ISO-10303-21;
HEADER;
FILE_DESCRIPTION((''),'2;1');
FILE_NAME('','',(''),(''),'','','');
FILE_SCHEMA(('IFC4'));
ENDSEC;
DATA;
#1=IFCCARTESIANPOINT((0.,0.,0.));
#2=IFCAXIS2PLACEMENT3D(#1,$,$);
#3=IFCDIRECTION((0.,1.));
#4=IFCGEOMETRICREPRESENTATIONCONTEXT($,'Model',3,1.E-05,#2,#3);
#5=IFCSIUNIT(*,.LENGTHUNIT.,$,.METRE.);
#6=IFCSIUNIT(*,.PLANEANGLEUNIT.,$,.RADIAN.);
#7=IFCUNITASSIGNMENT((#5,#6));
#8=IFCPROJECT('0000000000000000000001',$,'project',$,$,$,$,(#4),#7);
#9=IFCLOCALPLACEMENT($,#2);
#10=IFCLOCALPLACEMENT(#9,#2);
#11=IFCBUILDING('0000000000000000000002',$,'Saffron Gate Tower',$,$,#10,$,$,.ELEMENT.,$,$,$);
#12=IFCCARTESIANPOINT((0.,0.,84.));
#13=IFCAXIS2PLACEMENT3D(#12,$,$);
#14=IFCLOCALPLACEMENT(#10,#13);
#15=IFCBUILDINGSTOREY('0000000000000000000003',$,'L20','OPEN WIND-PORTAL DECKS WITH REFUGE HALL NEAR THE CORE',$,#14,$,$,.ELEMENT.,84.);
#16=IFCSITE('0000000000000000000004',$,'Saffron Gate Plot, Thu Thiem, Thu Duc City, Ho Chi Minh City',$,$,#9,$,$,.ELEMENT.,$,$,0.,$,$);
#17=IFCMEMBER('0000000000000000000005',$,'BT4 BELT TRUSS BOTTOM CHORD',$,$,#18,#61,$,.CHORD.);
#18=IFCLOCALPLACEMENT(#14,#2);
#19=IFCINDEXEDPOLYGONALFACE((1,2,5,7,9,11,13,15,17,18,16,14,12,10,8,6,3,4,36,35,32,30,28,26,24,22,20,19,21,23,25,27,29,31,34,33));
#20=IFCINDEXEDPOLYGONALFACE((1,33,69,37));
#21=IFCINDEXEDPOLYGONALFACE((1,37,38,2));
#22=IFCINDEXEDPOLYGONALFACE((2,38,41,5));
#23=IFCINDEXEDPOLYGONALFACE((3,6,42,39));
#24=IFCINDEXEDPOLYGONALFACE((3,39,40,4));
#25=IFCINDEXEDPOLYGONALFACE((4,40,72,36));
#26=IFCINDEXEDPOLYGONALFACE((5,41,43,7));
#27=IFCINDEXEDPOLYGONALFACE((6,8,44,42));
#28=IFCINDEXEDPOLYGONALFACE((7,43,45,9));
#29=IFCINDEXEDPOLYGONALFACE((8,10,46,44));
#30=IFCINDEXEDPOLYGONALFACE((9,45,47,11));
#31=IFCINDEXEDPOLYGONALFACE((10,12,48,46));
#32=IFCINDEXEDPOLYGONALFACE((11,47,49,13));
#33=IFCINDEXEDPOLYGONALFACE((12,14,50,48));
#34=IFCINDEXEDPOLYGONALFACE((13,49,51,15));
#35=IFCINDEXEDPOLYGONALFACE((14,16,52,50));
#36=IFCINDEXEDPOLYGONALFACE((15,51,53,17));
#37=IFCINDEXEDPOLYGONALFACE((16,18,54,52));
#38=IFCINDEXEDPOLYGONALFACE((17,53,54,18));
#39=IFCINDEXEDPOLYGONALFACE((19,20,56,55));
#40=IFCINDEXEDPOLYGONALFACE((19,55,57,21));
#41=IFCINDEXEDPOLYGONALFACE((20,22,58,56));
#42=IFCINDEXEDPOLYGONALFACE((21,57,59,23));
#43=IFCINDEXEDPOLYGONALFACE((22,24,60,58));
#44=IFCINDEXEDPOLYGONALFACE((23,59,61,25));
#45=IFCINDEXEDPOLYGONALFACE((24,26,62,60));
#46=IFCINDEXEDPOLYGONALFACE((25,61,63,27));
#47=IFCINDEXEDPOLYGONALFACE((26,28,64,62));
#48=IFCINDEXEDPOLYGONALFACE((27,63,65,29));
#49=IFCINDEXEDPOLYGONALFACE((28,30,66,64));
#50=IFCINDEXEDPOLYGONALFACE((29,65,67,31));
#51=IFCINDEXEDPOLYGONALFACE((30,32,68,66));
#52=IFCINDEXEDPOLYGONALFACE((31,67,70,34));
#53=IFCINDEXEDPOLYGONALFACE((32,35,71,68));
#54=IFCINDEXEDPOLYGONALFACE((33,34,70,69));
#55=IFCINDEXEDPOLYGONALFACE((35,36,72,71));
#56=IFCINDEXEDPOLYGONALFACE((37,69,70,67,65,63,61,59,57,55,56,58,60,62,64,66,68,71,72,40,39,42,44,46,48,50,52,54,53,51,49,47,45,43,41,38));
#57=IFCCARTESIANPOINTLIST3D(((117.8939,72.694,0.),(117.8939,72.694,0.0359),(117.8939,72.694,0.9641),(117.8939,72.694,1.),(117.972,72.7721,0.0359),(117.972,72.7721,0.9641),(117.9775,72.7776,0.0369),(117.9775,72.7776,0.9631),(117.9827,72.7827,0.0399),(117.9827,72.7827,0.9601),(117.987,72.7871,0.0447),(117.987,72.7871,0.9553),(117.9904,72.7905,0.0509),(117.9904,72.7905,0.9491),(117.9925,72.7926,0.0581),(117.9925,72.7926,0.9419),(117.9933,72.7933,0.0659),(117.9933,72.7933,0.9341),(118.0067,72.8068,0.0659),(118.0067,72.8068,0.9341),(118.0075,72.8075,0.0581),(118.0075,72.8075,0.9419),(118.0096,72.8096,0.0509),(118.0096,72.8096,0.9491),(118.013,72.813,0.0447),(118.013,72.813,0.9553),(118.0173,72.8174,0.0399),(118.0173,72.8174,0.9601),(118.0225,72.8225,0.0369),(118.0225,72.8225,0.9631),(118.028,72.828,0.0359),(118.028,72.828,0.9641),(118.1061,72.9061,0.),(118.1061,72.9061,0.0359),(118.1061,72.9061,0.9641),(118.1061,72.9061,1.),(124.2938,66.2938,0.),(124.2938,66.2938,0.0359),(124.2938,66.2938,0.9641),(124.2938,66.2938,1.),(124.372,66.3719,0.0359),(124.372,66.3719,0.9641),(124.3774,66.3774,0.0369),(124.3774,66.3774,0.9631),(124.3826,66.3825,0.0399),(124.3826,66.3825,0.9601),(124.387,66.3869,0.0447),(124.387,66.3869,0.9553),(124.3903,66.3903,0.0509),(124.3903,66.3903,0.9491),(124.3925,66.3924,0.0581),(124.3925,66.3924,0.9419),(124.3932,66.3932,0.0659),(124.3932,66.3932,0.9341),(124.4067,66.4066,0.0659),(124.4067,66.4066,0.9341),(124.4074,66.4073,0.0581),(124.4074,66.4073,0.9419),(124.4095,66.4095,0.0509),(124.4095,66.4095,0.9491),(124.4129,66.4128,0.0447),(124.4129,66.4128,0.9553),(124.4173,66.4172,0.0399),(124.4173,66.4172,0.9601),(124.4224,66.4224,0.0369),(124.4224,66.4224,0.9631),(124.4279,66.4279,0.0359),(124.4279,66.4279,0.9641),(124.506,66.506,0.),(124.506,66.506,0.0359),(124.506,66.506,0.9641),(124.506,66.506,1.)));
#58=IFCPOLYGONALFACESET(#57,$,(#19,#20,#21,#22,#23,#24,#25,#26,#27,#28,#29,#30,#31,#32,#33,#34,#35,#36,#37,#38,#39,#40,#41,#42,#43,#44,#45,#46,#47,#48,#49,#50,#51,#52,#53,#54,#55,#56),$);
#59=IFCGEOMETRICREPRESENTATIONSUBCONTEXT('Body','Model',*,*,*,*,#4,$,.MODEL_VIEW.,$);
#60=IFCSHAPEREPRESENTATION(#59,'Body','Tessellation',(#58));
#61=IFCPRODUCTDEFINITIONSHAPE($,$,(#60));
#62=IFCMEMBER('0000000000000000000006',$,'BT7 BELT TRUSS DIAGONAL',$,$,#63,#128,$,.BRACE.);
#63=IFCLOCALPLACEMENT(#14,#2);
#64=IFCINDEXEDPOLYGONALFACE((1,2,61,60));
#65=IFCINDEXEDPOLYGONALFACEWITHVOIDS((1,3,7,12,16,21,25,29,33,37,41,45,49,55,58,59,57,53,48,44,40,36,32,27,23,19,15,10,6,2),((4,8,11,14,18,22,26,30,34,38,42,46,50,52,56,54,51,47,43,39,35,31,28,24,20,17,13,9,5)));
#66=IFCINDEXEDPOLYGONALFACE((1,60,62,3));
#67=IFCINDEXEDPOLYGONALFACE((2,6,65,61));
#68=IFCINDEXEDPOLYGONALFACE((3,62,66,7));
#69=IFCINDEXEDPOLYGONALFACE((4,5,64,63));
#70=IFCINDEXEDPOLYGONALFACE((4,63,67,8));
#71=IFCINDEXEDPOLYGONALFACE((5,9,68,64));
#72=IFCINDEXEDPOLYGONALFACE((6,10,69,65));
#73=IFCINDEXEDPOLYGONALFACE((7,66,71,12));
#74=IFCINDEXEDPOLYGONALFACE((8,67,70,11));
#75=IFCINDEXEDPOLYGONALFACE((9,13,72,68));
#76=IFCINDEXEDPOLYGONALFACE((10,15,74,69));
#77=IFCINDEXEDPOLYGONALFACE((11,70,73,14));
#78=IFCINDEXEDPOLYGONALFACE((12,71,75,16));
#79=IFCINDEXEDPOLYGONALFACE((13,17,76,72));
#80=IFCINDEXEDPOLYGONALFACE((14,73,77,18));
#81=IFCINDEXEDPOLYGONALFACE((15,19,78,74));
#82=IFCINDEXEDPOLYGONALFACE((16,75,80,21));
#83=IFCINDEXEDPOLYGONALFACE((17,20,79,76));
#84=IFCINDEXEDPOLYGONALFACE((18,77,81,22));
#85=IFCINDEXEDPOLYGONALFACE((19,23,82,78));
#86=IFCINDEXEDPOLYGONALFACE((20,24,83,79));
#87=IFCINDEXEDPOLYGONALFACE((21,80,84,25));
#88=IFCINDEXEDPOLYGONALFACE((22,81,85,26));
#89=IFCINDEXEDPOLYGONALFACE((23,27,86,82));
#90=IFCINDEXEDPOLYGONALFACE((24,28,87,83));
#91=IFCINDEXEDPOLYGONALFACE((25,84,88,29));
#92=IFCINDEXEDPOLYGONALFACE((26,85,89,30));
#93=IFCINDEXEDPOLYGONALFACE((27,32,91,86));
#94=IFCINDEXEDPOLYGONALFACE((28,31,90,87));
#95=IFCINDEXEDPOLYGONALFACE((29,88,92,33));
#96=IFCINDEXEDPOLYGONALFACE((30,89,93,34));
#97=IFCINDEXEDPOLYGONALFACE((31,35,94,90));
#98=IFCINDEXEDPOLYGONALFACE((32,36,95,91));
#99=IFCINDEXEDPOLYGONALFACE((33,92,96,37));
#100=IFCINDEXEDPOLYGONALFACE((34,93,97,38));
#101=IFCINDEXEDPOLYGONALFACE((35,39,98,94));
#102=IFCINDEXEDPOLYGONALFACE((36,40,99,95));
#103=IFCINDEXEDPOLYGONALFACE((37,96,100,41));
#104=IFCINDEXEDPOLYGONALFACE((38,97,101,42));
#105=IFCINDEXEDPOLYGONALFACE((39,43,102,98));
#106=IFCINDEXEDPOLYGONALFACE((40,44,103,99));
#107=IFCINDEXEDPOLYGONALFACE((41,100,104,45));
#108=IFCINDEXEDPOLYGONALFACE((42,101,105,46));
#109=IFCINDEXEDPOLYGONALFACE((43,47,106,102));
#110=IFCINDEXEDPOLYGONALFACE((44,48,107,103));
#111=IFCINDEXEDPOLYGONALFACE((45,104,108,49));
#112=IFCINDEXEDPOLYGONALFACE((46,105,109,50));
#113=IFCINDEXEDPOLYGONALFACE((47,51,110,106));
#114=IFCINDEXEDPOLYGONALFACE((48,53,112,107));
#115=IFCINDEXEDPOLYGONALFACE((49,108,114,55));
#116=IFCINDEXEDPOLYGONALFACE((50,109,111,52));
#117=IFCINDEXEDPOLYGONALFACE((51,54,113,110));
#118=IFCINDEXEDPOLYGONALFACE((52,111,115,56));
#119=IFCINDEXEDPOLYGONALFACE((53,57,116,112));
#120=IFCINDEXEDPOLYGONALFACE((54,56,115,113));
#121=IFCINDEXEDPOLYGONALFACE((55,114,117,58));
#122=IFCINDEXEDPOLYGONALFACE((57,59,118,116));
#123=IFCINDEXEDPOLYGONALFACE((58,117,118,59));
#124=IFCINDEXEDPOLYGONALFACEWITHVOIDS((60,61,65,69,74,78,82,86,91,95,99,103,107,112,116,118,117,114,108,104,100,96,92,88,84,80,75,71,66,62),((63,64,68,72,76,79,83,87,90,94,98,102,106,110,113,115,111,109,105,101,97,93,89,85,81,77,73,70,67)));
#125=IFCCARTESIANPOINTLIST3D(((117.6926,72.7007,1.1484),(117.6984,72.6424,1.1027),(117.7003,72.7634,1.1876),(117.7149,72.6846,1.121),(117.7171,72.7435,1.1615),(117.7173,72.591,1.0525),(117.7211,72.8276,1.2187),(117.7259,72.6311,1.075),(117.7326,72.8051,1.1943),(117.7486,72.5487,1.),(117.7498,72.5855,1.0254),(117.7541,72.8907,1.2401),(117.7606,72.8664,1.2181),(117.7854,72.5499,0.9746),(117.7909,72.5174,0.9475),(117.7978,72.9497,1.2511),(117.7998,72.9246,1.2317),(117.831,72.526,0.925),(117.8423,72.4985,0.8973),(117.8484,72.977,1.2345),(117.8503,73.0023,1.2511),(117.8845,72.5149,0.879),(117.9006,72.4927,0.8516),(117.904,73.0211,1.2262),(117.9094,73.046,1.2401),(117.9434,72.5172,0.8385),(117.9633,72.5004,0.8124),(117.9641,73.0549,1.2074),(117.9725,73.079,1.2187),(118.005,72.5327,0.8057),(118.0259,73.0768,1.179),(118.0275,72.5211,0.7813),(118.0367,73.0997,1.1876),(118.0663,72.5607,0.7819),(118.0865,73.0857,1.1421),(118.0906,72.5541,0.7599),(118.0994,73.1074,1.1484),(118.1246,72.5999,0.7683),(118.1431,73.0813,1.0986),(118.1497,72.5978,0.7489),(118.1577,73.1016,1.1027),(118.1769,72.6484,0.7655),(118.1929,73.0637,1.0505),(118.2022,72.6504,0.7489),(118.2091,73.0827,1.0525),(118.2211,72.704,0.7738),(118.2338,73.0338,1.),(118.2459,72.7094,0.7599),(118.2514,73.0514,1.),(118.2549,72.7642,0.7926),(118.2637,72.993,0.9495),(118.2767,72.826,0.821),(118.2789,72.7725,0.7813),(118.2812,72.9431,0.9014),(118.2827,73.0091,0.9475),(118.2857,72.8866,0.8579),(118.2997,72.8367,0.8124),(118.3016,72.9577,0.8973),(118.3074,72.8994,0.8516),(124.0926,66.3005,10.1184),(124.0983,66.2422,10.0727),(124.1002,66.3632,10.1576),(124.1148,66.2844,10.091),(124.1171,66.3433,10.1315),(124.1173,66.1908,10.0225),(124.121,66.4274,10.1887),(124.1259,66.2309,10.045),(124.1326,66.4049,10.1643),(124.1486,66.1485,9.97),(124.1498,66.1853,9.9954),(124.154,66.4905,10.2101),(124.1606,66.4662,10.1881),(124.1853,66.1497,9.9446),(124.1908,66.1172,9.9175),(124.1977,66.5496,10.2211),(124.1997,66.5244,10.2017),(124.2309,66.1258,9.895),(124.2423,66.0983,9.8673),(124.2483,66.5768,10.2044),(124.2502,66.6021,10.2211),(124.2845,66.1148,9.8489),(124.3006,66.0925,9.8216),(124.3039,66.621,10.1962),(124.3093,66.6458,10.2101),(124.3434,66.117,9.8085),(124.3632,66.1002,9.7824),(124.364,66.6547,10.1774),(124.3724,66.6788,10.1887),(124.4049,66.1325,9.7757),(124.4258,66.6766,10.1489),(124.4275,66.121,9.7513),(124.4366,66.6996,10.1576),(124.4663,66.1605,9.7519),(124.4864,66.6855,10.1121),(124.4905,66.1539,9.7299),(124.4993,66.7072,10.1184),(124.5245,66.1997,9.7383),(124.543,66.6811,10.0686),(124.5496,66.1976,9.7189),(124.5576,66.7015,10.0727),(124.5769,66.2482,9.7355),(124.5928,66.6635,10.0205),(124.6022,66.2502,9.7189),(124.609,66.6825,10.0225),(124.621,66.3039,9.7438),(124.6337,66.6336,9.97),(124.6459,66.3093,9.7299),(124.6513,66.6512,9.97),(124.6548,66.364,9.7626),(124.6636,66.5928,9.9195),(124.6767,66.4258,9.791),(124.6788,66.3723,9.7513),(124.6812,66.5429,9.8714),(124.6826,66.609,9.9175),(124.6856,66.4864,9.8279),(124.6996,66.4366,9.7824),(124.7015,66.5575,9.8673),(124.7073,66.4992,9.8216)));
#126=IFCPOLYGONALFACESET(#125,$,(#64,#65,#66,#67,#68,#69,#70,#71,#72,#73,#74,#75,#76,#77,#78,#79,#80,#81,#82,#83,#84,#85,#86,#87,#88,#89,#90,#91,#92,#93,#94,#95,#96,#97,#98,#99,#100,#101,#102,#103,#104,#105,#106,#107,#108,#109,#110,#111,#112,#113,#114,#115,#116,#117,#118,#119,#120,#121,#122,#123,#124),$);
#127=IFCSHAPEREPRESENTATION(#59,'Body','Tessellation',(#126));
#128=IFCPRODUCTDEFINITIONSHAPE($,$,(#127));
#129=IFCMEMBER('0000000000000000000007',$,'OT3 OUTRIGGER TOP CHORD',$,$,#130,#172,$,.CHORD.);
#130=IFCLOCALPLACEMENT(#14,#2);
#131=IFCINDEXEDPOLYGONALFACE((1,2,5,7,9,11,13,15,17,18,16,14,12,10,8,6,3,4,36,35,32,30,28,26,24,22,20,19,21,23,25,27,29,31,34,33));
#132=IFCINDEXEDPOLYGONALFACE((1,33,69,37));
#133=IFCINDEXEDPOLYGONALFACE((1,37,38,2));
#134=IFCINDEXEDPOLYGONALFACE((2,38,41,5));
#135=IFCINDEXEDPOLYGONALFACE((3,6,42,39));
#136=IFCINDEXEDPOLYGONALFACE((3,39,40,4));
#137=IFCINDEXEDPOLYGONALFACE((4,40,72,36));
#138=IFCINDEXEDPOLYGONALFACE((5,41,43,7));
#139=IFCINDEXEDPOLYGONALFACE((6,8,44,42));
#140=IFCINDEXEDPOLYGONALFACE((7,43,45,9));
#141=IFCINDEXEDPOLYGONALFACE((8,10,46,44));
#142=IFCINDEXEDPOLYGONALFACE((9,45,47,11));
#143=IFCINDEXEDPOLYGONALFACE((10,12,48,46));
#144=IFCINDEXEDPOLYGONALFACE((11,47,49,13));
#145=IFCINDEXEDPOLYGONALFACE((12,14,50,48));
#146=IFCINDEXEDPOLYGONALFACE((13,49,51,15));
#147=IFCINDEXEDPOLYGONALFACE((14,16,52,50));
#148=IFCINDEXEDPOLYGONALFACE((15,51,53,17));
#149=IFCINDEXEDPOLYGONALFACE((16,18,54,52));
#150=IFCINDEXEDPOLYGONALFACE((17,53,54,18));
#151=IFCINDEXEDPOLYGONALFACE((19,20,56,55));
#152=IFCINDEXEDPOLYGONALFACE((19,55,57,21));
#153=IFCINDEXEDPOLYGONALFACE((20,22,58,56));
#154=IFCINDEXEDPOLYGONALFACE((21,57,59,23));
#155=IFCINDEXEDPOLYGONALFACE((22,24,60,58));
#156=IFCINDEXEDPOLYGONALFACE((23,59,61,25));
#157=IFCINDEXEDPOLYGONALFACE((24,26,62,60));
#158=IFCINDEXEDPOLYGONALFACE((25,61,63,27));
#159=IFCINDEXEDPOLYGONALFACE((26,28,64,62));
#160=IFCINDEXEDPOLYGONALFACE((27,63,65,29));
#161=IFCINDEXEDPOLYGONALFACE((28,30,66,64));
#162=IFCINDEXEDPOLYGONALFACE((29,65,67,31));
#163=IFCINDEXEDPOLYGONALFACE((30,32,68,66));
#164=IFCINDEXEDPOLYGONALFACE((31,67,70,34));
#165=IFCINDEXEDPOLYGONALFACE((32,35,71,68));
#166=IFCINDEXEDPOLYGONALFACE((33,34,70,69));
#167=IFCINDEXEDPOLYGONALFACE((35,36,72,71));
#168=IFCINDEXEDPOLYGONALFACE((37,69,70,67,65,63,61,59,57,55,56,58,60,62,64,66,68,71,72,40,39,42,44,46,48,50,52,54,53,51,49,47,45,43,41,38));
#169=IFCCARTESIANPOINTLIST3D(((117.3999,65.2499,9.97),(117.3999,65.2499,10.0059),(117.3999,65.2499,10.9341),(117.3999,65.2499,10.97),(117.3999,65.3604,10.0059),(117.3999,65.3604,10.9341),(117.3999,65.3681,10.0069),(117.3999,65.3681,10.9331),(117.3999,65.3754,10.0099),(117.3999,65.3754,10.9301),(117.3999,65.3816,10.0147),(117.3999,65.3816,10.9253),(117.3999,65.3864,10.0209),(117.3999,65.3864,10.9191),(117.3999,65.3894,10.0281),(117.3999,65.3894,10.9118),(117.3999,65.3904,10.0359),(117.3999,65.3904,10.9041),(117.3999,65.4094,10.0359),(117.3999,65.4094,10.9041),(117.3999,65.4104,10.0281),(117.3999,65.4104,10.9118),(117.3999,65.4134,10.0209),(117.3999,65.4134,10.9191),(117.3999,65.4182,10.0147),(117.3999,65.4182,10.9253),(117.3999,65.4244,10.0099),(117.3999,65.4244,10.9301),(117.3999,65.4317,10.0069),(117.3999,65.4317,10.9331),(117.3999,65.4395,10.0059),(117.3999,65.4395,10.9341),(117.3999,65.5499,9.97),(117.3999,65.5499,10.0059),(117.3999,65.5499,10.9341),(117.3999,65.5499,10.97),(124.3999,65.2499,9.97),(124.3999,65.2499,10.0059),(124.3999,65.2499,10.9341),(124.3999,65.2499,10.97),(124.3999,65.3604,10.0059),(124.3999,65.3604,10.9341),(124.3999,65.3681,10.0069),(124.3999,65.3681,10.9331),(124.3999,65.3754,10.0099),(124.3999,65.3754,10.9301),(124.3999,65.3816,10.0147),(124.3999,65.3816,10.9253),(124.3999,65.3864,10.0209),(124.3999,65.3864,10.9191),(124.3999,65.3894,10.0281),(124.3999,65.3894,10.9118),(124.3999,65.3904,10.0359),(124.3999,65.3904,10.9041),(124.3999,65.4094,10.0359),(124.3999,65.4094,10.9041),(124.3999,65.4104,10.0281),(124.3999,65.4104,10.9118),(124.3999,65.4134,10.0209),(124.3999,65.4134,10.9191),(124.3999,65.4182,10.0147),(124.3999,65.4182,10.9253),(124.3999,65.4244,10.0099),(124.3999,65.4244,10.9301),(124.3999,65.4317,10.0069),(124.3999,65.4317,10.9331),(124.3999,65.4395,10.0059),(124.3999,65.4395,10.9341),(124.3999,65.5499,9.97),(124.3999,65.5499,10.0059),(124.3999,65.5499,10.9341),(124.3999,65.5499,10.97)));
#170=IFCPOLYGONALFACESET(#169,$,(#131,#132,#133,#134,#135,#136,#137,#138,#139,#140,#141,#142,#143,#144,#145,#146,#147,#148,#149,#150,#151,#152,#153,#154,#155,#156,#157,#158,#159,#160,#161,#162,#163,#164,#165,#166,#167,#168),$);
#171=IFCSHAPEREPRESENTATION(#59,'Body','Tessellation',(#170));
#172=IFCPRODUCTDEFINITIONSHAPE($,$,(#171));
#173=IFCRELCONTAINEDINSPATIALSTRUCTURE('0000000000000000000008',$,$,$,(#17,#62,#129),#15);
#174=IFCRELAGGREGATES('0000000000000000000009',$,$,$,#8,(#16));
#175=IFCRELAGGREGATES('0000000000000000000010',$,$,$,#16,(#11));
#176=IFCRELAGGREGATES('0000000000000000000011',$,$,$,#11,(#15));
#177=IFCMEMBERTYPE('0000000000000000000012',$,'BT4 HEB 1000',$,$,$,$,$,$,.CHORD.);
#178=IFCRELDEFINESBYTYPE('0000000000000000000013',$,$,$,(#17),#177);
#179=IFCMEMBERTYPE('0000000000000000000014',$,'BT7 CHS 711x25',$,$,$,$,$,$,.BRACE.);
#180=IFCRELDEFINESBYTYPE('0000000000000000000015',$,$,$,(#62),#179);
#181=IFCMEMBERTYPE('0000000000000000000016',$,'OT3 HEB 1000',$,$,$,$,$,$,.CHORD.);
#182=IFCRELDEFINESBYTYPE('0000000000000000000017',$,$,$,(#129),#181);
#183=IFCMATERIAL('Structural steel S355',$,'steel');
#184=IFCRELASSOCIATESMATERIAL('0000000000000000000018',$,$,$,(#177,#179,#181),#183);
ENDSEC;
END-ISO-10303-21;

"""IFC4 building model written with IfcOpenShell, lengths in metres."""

from ifc_helpers import new_model, si_unit, direction, frame, origin, origin_2d, place, context, subcontext, project, spatial, hollow_circle, i_section, extrude, material, material_profile, profile_set, type_object, element, save


model = new_model("IFC4")

# Units and contexts
model_context = context("Model", 3, precision=1e-05, world=origin(), true_north=direction((0.0, 1.0)))
body_context = subcontext(model_context, "Body", "Model", "MODEL_VIEW")
ifc_project = project(units=[si_unit("LENGTHUNIT", "METRE"), si_unit("PLANEANGLEUNIT", "RADIAN")], contexts=[model_context])

# Site, building, storey
site_placement = place(None, origin())
site = spatial("IfcSite", under=ifc_project, at=site_placement, Name="Saffron Gate Plot, Thu Thiem, Thu Duc City, Ho Chi Minh City", CompositionType="ELEMENT", RefElevation=0.0)
building_placement = place(site_placement, origin())
building = spatial("IfcBuilding", under=site, at=building_placement, Name="Saffron Gate Tower", CompositionType="ELEMENT")
storey_placement = place(building_placement, frame((0.0, 0.0, 84.0)))
storey = spatial("IfcBuildingStorey", under=building, at=storey_placement, Name="L20", Description="OPEN WIND-PORTAL DECKS WITH REFUGE HALL NEAR THE CORE", CompositionType="ELEMENT", Elevation=84.0)

# Shared definitions
ifc_material_1 = material(Name="Structural steel S355", Category="steel")

# Members
ifc_material_profile_1 = material_profile(ifc_material_1, i_section(OverallWidth=0.3, OverallDepth=1.0, WebThickness=0.019, FlangeThickness=0.0359, FilletRadius=0.03, at=origin_2d()))
ifc_profile_set_1 = profile_set([ifc_material_profile_1], Name="Structural steel S355")
member_type_1 = type_object("IfcMemberType", Name="BT4 HEB 1000", PredefinedType="CHORD", material=ifc_profile_set_1)
for number, where, z_axis, x_axis, name in (
    (1, (118.0, 72.8, 0.5), (0.707093, -0.70712, 0.0), (0.70712, 0.707093, 0.0), "BT4 BELT TRUSS BOTTOM CHORD"),
):
    element("IfcMember", number, at=place(storey_placement, frame(where, z_axis=z_axis, x_axis=x_axis)), inside=storey, type_object=member_type_1, Name=name, PredefinedType="CHORD", context=body_context, shape_type="SweptSolid", body=[
        extrude(i_section(OverallWidth=0.3, OverallDepth=1.0, WebThickness=0.019, FlangeThickness=0.0359, FilletRadius=0.03, at=origin_2d()), origin(), (0.0, 0.0, 1.0), 9.051),
    ])
ifc_material_profile_2 = material_profile(ifc_material_1, hollow_circle(Radius=0.3555, WallThickness=0.0249, at=origin_2d()))
ifc_profile_set_2 = profile_set([ifc_material_profile_2], Name="Structural steel S355")
member_type_2 = type_object("IfcMemberType", Name="BT7 CHS 711x25", PredefinedType="BRACE", material=ifc_profile_set_2)
member_1_placement = place(storey_placement, frame((118.0, 72.8, 1.0), z_axis=(0.502234, -0.502253, 0.70392), x_axis=(0.70712, 0.707093, 0.0)))
element("IfcMember", 2, at=member_1_placement, inside=storey, type_object=member_type_2, Name="BT7 BELT TRUSS DIAGONAL", PredefinedType="BRACE", context=body_context, shape_type="SweptSolid", body=[
    extrude(hollow_circle(Radius=0.3555, WallThickness=0.0249, at=origin_2d()), origin(), (0.0, 0.0, 1.0), 12.7429),
])
ifc_material_profile_3 = material_profile(ifc_material_1, i_section(OverallWidth=0.3, OverallDepth=1.0, WebThickness=0.019, FlangeThickness=0.0359, FilletRadius=0.03, at=origin_2d()))
ifc_profile_set_3 = profile_set([ifc_material_profile_3], Name="Structural steel S355")
member_type_3 = type_object("IfcMemberType", Name="OT3 HEB 1000", PredefinedType="CHORD", material=ifc_profile_set_3)
for number, where, z_axis, x_axis, name in (
    (3, (124.3999, 65.3999, 10.47), (-1.0, 0.0, 0.0), (0.0, -1.0, 0.0), "OT3 OUTRIGGER TOP CHORD"),
):
    element("IfcMember", number, at=place(storey_placement, frame(where, z_axis=z_axis, x_axis=x_axis)), inside=storey, type_object=member_type_3, Name=name, PredefinedType="CHORD", context=body_context, shape_type="SweptSolid", body=[
        extrude(i_section(OverallWidth=0.3, OverallDepth=1.0, WebThickness=0.019, FlangeThickness=0.0359, FilletRadius=0.03, at=origin_2d()), origin(), (0.0, 0.0, 1.0), 7.0),
    ])

save(model, "model.ifc")
